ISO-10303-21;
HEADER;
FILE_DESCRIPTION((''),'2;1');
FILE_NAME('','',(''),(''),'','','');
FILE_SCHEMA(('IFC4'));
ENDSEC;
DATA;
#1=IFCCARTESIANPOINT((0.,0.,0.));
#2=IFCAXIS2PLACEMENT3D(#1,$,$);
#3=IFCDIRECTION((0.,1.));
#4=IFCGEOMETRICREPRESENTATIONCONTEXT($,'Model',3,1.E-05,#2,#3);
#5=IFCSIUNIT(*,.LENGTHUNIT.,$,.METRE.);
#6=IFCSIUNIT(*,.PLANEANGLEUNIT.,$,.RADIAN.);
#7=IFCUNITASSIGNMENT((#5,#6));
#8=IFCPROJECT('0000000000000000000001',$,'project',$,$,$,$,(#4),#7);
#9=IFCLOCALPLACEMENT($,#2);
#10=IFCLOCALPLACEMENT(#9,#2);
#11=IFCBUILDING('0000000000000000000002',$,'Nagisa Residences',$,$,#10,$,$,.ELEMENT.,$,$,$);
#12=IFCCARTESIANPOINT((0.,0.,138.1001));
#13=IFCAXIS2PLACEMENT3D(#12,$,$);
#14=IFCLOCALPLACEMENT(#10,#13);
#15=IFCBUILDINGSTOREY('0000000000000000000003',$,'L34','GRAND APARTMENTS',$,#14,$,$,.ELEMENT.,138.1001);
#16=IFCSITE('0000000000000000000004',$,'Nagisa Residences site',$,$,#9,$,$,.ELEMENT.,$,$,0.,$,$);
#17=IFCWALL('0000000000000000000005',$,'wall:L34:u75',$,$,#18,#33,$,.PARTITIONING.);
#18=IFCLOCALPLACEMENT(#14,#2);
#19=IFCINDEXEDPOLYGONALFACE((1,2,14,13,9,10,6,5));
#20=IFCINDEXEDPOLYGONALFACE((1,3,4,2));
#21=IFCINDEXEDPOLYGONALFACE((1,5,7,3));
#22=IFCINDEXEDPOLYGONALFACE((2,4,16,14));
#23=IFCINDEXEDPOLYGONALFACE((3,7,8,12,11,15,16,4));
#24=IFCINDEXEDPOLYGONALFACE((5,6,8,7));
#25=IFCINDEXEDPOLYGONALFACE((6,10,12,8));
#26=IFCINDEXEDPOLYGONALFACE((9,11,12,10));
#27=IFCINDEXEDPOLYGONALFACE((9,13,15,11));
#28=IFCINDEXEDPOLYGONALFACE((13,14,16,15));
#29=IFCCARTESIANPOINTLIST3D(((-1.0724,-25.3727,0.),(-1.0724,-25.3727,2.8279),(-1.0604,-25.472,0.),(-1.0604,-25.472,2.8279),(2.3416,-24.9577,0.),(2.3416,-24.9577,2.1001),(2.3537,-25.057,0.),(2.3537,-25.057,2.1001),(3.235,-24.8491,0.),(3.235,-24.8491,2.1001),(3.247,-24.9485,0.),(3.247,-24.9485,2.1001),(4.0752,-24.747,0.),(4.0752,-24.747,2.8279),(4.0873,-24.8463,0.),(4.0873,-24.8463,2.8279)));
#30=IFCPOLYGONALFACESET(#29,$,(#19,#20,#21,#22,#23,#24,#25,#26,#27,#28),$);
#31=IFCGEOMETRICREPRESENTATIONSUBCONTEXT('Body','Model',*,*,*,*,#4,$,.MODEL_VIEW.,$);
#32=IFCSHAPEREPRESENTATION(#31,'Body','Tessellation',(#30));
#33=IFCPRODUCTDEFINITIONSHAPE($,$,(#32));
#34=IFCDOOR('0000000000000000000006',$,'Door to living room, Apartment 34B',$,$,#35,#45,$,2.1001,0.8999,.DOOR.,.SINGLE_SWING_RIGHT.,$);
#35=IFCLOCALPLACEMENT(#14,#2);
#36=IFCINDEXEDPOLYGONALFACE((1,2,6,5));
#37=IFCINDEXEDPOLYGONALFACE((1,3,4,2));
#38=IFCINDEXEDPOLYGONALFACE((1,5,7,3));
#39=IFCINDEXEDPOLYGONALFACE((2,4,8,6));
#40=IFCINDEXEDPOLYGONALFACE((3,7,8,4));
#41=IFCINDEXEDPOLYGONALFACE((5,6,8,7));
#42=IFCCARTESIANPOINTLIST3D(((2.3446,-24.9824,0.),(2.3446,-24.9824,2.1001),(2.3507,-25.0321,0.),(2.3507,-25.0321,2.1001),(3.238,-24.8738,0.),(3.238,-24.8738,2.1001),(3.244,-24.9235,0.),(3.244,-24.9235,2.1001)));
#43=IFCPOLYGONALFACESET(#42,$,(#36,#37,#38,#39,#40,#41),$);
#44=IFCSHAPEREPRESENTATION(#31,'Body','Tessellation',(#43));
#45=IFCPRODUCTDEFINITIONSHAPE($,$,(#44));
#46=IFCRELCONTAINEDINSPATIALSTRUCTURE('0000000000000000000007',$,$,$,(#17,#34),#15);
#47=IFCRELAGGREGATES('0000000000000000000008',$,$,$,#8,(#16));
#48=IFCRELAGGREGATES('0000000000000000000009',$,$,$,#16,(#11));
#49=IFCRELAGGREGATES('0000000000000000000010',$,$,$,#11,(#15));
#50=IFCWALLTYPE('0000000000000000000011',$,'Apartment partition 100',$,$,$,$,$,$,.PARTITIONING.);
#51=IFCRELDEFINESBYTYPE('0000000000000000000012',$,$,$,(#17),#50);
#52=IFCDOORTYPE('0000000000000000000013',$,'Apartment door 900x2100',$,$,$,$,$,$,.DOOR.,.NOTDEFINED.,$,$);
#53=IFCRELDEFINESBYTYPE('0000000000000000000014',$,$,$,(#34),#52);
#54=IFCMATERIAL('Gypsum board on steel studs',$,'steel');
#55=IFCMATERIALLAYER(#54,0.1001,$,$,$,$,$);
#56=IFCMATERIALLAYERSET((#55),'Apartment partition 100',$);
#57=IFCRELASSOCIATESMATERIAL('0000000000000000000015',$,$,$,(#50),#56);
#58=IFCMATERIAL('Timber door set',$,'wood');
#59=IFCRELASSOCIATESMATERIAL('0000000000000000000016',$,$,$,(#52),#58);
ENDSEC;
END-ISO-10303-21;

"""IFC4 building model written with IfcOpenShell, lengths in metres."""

from ifc_helpers import new_model, si_unit, direction, frame, frame_2d, origin, place, context, subcontext, project, spatial, rectangle, extrude, material, layer, layer_set, type_object, element, fill, save


model = new_model("IFC4")

# Units and contexts
model_context = context("Model", 3, precision=1e-05, world=origin(), true_north=direction((0.0, 1.0)))
body_context = subcontext(model_context, "Body", "Model", "MODEL_VIEW")
ifc_project = project(units=[si_unit("LENGTHUNIT", "METRE"), si_unit("PLANEANGLEUNIT", "RADIAN")], contexts=[model_context])

# Site, building, storey
site_placement = place(None, origin())
site = spatial("IfcSite", under=ifc_project, at=site_placement, Name="Nagisa Residences site", CompositionType="ELEMENT", RefElevation=0.0)
building_placement = place(site_placement, origin())
building = spatial("IfcBuilding", under=site, at=building_placement, Name="Nagisa Residences", CompositionType="ELEMENT")
storey_placement = place(building_placement, frame((0.0, 0.0, 138.1001)))
storey = spatial("IfcBuildingStorey", under=building, at=storey_placement, Name="L34", Description="GRAND APARTMENTS", CompositionType="ELEMENT", Elevation=138.1001)

# Shared definitions
ifc_material_1 = material(Name="Gypsum board on steel studs", Category="steel")
ifc_layer_1 = layer(ifc_material_1, 0.1001)
ifc_layer_set_1 = layer_set([ifc_layer_1], Name="Apartment partition 100")
wall_type_1 = type_object("IfcWallType", Name="Apartment partition 100", PredefinedType="PARTITIONING", material=ifc_layer_set_1)

# Shared definitions
ifc_material_2 = material(Name="Timber door set", Category="wood")
door_type_1 = type_object("IfcDoorType", Name="Apartment door 900x2100", OperationType="NOTDEFINED", PredefinedType="DOOR", material=ifc_material_2)

# Wall, opening, door
wall_1_placement = place(storey_placement, frame((-1.0664, -25.4224, 0.0), z_axis=(0.0, 0.0, 1.0), x_axis=(0.992693, 0.120667, 0.0)))
wall_1 = element("IfcWall", 1, at=wall_1_placement, inside=storey, type_object=wall_type_1, Name="wall:L34:u75", PredefinedType="PARTITIONING", context=body_context, shape_type="SweptSolid", body=[
    extrude(rectangle(XDim=5.1855, YDim=0.1001, at=frame_2d((2.5928, 0.0))), origin(), (0.0, 0.0, 1.0), 2.8279),
])
opening_1_placement = place(wall_1_placement, frame((3.4392, 0.0, 0.0)))
opening_1 = element("IfcOpeningElement", 2, at=opening_1_placement, cuts=wall_1, PredefinedType="OPENING", context=body_context, shape_type="SweptSolid", body=[
    extrude(rectangle(XDim=0.8999, YDim=2.1001, at=frame_2d((0.45, 1.05))), frame((0.0, 0.0601, 0.0), z_axis=(0.0, -1.0, 0.0), x_axis=(1.0, 0.0, 0.0)), (0.0, 0.0, 1.0), 0.1201),
])
door_1_placement = place(opening_1_placement, frame((0.8999, 0.0, 0.0), x_axis=(-1.0, 0.0, 0.0)))
door_1 = element("IfcDoor", 3, at=door_1_placement, inside=storey, type_object=door_type_1, Name="Door to living room, Apartment 34B", OperationType="SINGLE_SWING_RIGHT", OverallHeight=2.1001, OverallWidth=0.8999, PredefinedType="DOOR", context=body_context, shape_type="SweptSolid", body=[
    extrude(rectangle(XDim=0.8999, YDim=2.1001, at=frame_2d((0.45, 1.05))), frame((0.0, 0.0249, 0.0), z_axis=(0.0, -1.0, 0.0), x_axis=(1.0, 0.0, 0.0)), (0.0, 0.0, 1.0), 0.05),
])
fill(opening_1, door_1)

save(model, "model.ifc")
